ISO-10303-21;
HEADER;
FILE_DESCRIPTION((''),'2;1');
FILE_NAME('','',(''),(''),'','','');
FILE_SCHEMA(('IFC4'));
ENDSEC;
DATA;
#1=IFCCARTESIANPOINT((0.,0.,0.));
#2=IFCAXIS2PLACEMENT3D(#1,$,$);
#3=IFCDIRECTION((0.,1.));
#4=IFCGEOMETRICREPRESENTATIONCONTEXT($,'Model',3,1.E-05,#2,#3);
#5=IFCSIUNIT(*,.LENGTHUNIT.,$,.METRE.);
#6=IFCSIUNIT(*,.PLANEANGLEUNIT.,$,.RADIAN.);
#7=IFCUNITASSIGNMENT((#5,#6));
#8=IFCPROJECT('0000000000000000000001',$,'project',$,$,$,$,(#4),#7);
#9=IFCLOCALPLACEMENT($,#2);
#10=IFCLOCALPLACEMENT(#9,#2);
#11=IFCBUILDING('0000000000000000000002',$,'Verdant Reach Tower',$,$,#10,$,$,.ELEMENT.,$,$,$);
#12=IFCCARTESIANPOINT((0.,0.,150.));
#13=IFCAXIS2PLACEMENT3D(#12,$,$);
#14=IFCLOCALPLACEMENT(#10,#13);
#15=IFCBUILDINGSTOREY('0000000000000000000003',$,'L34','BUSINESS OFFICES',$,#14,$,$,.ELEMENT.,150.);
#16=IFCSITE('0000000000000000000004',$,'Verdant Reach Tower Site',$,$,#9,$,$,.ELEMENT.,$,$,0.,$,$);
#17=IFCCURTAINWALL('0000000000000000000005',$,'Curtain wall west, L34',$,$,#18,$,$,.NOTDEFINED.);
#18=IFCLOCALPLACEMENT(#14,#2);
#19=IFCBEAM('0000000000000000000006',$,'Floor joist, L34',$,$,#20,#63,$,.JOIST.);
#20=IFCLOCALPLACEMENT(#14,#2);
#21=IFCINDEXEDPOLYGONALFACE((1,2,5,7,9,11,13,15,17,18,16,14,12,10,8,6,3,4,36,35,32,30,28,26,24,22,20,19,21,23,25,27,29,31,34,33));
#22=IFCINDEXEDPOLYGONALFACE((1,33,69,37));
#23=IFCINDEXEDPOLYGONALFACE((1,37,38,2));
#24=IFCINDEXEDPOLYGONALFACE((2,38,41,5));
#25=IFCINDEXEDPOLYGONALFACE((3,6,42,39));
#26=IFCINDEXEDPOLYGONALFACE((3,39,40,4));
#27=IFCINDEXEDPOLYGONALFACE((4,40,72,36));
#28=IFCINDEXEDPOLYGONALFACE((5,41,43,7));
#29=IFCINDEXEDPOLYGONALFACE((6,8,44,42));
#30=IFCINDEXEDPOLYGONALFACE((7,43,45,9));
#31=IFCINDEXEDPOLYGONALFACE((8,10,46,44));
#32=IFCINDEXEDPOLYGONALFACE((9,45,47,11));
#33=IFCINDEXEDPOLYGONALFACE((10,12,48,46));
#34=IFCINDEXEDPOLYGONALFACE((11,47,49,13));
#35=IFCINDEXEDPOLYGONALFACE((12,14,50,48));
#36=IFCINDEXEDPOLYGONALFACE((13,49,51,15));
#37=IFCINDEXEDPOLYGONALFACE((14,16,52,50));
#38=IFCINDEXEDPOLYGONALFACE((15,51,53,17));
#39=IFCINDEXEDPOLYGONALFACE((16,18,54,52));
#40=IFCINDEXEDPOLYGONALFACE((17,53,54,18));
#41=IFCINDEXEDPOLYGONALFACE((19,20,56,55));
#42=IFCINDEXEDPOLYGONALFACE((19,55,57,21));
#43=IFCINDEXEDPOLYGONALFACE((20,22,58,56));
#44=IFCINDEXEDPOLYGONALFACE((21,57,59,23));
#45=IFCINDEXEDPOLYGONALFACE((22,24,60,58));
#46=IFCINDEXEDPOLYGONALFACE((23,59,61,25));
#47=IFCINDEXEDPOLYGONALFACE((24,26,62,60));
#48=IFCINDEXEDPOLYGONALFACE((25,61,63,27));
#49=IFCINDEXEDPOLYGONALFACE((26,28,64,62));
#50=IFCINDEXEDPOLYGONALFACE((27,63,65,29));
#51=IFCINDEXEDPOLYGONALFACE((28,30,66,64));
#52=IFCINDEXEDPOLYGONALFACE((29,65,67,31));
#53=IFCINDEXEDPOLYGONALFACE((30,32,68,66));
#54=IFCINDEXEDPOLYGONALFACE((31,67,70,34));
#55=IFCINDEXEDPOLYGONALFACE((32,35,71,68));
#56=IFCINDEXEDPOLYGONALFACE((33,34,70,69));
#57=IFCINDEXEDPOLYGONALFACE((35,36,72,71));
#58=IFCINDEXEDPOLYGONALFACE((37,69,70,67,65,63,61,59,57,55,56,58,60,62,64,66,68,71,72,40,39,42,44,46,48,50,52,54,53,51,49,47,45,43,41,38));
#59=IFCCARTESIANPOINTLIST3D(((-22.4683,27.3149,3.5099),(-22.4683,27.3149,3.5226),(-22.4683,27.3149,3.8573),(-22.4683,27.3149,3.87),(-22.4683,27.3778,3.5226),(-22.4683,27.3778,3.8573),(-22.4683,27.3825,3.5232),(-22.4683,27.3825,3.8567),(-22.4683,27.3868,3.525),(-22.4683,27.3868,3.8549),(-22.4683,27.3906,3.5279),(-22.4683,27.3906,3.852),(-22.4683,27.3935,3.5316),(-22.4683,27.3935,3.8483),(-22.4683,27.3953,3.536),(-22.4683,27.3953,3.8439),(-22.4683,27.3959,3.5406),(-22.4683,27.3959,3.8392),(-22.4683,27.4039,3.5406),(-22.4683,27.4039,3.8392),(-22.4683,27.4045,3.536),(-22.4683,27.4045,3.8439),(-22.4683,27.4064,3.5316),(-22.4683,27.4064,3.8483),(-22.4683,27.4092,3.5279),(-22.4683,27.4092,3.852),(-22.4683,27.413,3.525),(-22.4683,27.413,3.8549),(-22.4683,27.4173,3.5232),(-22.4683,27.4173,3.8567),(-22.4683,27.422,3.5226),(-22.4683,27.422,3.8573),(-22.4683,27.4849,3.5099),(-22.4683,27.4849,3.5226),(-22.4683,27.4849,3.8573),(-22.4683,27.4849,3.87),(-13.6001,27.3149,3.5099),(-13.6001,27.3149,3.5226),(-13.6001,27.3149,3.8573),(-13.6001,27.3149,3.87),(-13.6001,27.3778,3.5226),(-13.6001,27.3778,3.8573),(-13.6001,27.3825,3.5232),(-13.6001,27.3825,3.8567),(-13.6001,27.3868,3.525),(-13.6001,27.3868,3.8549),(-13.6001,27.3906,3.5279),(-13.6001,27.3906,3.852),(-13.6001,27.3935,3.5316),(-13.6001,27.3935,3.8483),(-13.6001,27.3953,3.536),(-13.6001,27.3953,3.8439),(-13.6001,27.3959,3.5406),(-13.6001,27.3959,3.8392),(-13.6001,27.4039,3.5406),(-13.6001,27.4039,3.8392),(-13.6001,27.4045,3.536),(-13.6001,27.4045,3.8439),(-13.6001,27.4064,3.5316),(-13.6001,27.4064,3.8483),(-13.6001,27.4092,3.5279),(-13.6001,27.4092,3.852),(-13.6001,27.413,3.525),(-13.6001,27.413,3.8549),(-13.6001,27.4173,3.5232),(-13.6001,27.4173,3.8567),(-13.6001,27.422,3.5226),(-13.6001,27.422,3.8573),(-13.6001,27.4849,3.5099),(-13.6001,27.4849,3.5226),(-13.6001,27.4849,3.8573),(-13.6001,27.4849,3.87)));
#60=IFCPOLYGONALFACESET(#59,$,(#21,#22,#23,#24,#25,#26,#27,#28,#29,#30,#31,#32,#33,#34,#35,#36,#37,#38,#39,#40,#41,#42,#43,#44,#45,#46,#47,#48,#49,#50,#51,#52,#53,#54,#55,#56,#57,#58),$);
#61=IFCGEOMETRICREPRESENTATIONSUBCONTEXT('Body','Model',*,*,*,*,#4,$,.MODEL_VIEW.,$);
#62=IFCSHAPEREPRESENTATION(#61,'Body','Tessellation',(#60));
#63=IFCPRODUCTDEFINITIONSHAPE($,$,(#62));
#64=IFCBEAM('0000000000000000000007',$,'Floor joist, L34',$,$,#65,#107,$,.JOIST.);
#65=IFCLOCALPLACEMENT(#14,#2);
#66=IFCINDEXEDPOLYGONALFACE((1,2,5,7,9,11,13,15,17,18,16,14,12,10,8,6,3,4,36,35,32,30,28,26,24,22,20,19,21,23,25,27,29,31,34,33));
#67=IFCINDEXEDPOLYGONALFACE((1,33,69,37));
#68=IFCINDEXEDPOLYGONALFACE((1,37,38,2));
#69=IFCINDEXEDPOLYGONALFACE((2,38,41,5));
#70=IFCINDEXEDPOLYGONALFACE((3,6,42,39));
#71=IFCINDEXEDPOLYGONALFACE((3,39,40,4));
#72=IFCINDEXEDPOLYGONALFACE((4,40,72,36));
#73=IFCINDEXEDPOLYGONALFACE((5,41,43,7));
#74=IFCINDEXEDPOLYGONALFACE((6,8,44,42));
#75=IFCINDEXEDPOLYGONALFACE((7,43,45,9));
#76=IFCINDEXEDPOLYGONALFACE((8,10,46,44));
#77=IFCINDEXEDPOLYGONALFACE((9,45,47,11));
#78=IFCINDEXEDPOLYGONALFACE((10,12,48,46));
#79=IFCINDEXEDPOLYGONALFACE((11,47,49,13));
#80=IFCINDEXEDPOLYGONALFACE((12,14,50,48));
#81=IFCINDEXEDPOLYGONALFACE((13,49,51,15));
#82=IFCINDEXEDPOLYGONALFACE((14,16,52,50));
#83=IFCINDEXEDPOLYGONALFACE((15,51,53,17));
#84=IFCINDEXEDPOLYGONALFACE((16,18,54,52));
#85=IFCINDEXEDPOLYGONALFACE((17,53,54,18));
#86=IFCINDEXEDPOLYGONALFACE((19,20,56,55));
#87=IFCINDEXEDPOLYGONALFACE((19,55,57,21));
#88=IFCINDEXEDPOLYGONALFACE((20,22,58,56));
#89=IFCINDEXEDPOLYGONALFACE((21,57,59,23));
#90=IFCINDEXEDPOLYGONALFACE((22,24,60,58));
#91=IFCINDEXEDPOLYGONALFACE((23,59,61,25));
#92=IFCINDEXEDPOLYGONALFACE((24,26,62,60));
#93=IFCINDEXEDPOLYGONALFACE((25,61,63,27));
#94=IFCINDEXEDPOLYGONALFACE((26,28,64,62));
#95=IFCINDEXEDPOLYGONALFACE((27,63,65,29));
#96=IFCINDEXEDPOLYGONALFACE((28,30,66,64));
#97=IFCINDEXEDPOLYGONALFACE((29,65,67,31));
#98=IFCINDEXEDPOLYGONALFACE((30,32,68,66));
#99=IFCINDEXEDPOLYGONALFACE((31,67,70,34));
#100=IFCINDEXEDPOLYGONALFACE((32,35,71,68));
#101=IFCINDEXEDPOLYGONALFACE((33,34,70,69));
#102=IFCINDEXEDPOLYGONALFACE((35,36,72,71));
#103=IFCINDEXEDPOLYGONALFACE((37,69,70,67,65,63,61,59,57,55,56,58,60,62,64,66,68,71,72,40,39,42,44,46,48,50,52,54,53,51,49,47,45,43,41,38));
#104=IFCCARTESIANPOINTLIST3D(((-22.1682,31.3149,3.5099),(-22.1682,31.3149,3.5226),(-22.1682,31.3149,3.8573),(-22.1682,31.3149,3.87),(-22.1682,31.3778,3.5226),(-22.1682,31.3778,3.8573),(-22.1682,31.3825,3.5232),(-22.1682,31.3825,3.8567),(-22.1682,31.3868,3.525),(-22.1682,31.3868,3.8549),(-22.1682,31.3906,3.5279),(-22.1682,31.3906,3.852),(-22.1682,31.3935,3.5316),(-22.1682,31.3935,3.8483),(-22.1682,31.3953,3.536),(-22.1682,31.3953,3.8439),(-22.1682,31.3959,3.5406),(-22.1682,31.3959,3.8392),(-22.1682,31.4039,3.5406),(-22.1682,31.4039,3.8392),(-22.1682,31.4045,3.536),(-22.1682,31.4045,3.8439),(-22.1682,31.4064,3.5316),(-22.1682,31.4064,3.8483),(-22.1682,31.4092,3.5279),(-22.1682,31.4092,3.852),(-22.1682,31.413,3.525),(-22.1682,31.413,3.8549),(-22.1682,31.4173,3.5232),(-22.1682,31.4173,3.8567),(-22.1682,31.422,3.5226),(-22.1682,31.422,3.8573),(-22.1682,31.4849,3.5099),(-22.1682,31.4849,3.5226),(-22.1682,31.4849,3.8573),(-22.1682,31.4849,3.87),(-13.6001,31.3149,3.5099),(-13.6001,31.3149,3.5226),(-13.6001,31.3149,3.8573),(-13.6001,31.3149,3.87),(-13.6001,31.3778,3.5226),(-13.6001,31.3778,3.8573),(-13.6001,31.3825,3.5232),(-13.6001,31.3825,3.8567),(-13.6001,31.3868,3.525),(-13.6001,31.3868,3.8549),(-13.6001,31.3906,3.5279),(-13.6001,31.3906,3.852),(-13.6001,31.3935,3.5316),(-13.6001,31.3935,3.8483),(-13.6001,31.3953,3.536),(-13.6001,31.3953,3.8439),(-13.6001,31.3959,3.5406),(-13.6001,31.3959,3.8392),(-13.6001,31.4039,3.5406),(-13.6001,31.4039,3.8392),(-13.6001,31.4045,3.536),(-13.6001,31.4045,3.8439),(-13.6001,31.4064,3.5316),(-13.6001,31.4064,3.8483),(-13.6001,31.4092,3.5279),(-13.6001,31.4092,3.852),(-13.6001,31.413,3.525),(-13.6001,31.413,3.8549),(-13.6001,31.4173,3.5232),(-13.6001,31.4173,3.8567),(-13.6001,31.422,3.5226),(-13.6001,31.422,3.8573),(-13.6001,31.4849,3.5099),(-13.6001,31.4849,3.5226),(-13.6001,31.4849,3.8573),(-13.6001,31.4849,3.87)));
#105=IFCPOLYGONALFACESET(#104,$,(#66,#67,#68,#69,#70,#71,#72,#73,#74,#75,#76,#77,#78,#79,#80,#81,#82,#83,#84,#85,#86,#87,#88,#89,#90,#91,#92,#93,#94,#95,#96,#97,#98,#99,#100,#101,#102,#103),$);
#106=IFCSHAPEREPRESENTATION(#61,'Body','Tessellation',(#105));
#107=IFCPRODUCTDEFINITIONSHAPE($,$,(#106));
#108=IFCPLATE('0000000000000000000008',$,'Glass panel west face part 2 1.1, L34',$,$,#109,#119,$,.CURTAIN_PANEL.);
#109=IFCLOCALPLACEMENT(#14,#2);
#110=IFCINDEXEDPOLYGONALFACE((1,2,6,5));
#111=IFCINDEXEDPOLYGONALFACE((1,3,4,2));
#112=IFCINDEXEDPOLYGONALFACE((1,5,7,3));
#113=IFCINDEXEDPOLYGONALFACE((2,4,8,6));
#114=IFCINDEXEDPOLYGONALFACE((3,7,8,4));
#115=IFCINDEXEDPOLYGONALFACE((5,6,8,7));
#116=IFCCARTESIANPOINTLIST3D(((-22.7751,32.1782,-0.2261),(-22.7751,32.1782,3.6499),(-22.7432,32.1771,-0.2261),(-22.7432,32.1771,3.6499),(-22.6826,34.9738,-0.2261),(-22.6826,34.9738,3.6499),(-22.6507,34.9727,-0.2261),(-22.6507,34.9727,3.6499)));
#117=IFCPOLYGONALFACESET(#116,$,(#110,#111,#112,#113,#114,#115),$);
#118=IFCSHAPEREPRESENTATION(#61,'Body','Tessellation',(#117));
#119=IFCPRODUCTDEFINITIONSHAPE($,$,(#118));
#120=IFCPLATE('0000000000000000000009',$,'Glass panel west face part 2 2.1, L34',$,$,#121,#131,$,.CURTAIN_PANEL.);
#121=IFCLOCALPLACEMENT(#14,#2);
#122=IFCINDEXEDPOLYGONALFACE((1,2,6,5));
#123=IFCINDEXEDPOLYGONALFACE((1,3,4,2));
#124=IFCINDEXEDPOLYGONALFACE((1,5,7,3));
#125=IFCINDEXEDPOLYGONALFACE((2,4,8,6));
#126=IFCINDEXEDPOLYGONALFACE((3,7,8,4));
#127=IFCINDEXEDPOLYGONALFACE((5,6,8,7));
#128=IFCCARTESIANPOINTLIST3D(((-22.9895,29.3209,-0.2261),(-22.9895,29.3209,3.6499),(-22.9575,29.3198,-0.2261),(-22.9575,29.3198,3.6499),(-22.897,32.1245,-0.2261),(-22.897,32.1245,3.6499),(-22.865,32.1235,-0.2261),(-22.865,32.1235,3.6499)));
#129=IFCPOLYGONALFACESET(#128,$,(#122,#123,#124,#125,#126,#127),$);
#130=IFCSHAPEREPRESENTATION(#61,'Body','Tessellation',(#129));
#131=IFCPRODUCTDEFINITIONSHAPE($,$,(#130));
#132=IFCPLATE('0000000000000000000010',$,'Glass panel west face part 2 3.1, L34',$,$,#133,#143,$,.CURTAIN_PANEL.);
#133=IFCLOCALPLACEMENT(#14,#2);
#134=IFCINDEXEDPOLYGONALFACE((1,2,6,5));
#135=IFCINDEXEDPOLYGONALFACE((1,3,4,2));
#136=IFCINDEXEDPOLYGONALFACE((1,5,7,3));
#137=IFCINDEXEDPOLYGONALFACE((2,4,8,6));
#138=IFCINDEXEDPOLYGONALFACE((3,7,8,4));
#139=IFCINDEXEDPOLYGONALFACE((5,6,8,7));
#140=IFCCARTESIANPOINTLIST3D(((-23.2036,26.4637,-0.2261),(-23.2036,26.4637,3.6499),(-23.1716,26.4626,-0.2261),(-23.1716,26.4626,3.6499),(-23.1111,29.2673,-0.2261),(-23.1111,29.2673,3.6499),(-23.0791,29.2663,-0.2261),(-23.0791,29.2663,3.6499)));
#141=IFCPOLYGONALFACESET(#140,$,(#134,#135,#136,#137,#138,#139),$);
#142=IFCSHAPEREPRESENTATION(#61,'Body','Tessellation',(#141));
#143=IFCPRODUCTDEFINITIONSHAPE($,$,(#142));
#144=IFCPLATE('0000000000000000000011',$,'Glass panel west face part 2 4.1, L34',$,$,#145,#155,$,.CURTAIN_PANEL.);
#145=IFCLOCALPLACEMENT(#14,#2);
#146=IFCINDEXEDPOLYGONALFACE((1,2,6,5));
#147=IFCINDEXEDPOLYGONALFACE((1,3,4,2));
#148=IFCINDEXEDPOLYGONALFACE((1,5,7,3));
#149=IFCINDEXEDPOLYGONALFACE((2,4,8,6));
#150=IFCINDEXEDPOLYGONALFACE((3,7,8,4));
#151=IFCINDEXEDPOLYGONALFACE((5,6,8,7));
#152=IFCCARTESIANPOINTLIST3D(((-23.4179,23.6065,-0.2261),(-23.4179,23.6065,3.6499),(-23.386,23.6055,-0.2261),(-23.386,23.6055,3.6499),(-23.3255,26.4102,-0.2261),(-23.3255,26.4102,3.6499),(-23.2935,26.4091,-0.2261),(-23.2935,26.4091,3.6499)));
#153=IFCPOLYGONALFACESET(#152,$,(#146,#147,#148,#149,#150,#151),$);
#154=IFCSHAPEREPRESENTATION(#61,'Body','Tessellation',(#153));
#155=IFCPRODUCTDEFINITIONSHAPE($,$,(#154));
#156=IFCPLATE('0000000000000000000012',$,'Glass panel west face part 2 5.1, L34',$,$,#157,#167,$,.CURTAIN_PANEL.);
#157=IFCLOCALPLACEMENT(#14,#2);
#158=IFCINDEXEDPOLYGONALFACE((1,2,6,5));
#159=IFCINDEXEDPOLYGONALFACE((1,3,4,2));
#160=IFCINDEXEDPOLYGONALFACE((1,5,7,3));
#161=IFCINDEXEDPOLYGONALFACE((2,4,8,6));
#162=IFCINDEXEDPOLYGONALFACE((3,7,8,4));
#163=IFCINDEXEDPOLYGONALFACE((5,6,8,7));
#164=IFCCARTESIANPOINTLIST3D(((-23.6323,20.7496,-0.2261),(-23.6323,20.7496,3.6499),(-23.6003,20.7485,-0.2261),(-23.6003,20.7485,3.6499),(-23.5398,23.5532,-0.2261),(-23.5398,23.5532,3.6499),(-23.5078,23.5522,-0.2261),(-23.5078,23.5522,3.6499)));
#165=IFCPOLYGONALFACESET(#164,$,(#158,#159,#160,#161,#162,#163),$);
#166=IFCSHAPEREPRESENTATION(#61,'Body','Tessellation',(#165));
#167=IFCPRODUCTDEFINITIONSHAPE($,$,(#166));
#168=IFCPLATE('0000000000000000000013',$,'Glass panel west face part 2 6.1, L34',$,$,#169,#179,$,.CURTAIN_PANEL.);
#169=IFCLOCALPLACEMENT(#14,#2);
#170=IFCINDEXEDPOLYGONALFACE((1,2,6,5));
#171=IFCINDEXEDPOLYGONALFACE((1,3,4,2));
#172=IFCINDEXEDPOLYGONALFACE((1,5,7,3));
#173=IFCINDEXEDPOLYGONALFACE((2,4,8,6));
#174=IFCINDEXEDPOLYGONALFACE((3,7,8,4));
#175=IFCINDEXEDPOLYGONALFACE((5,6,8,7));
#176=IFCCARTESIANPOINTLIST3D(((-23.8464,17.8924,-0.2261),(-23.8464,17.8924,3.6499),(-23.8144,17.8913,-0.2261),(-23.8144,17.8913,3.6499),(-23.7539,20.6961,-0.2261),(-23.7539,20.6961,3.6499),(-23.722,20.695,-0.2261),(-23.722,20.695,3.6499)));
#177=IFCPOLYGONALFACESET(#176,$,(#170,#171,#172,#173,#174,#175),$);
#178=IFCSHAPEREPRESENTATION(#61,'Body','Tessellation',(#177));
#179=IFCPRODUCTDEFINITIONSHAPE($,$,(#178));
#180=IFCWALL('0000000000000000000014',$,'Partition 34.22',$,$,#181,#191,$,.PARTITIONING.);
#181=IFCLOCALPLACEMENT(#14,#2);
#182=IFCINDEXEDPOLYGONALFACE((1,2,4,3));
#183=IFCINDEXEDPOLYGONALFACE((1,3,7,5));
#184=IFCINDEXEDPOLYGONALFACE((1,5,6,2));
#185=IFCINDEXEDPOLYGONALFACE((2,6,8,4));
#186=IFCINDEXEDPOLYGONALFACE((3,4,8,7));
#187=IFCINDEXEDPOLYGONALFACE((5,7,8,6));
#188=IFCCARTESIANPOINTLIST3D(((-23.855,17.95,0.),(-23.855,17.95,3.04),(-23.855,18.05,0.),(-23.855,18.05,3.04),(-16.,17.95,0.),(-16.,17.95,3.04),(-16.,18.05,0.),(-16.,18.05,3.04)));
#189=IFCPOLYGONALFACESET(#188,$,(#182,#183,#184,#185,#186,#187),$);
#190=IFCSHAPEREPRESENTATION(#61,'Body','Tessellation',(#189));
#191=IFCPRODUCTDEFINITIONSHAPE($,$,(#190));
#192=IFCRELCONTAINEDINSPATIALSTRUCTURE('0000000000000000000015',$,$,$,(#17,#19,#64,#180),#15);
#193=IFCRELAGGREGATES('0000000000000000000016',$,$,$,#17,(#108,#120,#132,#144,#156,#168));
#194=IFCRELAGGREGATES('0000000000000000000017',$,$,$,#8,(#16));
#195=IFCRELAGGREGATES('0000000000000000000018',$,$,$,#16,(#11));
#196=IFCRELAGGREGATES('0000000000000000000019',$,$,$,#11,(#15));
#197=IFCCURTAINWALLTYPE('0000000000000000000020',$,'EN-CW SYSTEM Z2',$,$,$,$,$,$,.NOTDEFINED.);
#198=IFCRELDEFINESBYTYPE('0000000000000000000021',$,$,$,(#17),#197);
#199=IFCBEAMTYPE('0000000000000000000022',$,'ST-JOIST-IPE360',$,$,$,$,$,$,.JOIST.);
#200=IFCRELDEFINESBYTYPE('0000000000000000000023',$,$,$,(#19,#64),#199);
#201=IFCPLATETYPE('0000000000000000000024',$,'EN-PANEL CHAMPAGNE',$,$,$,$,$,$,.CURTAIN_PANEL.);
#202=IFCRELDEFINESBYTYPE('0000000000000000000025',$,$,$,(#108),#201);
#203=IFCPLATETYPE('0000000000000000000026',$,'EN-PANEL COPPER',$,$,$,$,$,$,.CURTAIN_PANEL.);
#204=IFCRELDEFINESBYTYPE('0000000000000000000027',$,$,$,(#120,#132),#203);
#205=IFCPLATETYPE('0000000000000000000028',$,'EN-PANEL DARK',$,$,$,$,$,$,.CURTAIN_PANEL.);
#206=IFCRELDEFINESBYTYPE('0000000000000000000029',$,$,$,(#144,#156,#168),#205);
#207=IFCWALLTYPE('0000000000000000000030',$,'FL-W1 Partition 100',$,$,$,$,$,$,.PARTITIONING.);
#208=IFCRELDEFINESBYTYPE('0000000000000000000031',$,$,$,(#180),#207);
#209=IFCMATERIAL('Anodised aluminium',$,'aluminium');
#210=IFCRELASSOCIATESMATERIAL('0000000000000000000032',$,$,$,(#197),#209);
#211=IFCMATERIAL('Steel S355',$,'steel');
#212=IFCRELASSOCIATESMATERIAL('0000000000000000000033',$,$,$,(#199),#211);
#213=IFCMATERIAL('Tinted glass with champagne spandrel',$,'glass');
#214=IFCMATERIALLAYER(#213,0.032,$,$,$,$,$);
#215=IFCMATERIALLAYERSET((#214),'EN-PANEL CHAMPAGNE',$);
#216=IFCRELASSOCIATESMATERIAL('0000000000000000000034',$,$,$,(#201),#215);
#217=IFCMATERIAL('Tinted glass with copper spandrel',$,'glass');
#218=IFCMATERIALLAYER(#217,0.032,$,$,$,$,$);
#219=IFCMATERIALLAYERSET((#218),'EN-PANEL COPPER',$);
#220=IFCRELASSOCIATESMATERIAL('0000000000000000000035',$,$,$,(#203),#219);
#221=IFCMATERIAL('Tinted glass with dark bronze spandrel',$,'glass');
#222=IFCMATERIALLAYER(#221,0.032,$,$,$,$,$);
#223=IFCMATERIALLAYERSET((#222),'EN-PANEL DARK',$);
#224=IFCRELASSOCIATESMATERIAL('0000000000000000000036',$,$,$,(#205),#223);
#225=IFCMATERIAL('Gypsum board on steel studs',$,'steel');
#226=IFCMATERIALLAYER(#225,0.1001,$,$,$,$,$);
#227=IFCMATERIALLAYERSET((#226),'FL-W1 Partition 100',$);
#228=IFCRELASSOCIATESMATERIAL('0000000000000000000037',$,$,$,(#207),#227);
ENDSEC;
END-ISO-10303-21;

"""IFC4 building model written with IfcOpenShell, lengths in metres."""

from ifc_helpers import new_model, si_unit, direction, frame, frame_2d, origin, origin_2d, place, context, subcontext, project, spatial, rectangle, i_section, extrude, material, layer, layer_set, material_profile, profile_set, type_object, element, aggregate, save


model = new_model("IFC4")

# Units and contexts
model_context = context("Model", 3, precision=1e-05, world=origin(), true_north=direction((0.0, 1.0)))
body_context = subcontext(model_context, "Body", "Model", "MODEL_VIEW")
ifc_project = project(units=[si_unit("LENGTHUNIT", "METRE"), si_unit("PLANEANGLEUNIT", "RADIAN")], contexts=[model_context])

# Site, building, storey
site_placement = place(None, origin())
site = spatial("IfcSite", under=ifc_project, at=site_placement, Name="Verdant Reach Tower Site", CompositionType="ELEMENT", RefElevation=0.0)
building_placement = place(site_placement, origin())
building = spatial("IfcBuilding", under=site, at=building_placement, Name="Verdant Reach Tower", CompositionType="ELEMENT")
storey_placement = place(building_placement, frame((0.0, 0.0, 150.0)))
storey = spatial("IfcBuildingStorey", under=building, at=storey_placement, Name="L34", Description="BUSINESS OFFICES", CompositionType="ELEMENT", Elevation=150.0)

# Curtain wall
ifc_material_1 = material(Name="Anodised aluminium", Category="aluminium")
curtain_wall_type = type_object("IfcCurtainWallType", Name="EN-CW SYSTEM Z2", PredefinedType="NOTDEFINED", material=ifc_material_1)
curtain_wall_placement = place(storey_placement, origin())
curtain_wall = element("IfcCurtainWall", 1, at=curtain_wall_placement, inside=storey, type_object=curtain_wall_type, Name="Curtain wall west, L34", PredefinedType="NOTDEFINED")

# Beams
ifc_material_2 = material(Name="Steel S355", Category="steel")
ifc_material_profile_1 = material_profile(ifc_material_2, i_section(OverallWidth=0.1699, OverallDepth=0.3601, WebThickness=0.0081, FlangeThickness=0.0127, FilletRadius=0.0181, at=origin_2d()), Name="IPE 360")
ifc_profile_set_1 = profile_set([ifc_material_profile_1], Name="Steel S355")
beam_type = type_object("IfcBeamType", Name="ST-JOIST-IPE360", PredefinedType="JOIST", material=ifc_profile_set_1)
beam_1_placement = place(storey_placement, frame((-13.6001, 27.3999, 3.6899), z_axis=(-1.0, 0.0, 0.0), x_axis=(0.0, -1.0, 0.0)))
element("IfcBeam", 2, at=beam_1_placement, inside=storey, type_object=beam_type, Name="Floor joist, L34", PredefinedType="JOIST", context=body_context, shape_type="SweptSolid", body=[
    extrude(i_section(OverallWidth=0.1699, OverallDepth=0.3601, WebThickness=0.0081, FlangeThickness=0.0127, FilletRadius=0.0181, at=origin_2d()), origin(), (0.0, 0.0, 1.0), 8.8682),
])
beam_2_placement = place(storey_placement, frame((-13.6001, 31.3999, 3.6899), z_axis=(-1.0, 0.0, 0.0), x_axis=(0.0, -1.0, 0.0)))
element("IfcBeam", 3, at=beam_2_placement, inside=storey, type_object=beam_type, Name="Floor joist, L34", PredefinedType="JOIST", context=body_context, shape_type="SweptSolid", body=[
    extrude(i_section(OverallWidth=0.1699, OverallDepth=0.3601, WebThickness=0.0081, FlangeThickness=0.0127, FilletRadius=0.0181, at=origin_2d()), origin(), (0.0, 0.0, 1.0), 8.5681),
])

# Plates
ifc_material_3 = material(Name="Tinted glass with champagne spandrel", Category="glass")
ifc_layer_1 = layer(ifc_material_3, 0.032)
ifc_layer_set_1 = layer_set([ifc_layer_1], Name="EN-PANEL CHAMPAGNE")
plate_type_1 = type_object("IfcPlateType", Name="EN-PANEL CHAMPAGNE", PredefinedType="CURTAIN_PANEL", material=ifc_layer_set_1)
plate_1_placement = place(storey_placement, frame((-22.7129, 33.5754, -0.2261), z_axis=(0.0, 0.0, 1.0), x_axis=(-0.03307, -0.999453, 0.0)))
plate_1 = element("IfcPlate", 4, at=plate_1_placement, type_object=plate_type_1, Name="Glass panel west face part 2 1.1, L34", PredefinedType="CURTAIN_PANEL", context=body_context, shape_type="SweptSolid", body=[
    extrude(rectangle(XDim=2.7971, YDim=0.032, at=origin_2d()), origin(), (0.0, 0.0, 1.0), 3.876),
])
ifc_material_4 = material(Name="Tinted glass with copper spandrel", Category="glass")
ifc_layer_2 = layer(ifc_material_4, 0.032)
ifc_layer_set_2 = layer_set([ifc_layer_2], Name="EN-PANEL COPPER")
plate_type_2 = type_object("IfcPlateType", Name="EN-PANEL COPPER", PredefinedType="CURTAIN_PANEL", material=ifc_layer_set_2)
plate_2_placement = place(storey_placement, frame((-22.9272, 30.7222, -0.2261), z_axis=(0.0, 0.0, 1.0), x_axis=(-0.032966, -0.999456, 0.0)))
plate_2 = element("IfcPlate", 5, at=plate_2_placement, type_object=plate_type_2, Name="Glass panel west face part 2 2.1, L34", PredefinedType="CURTAIN_PANEL", context=body_context, shape_type="SweptSolid", body=[
    extrude(rectangle(XDim=2.8052, YDim=0.032, at=origin_2d()), origin(), (0.0, 0.0, 1.0), 3.876),
])
plate_3_placement = place(storey_placement, frame((-23.1414, 27.865, -0.2261), z_axis=(0.0, 0.0, 1.0), x_axis=(-0.032966, -0.999456, 0.0)))
plate_3 = element("IfcPlate", 6, at=plate_3_placement, type_object=plate_type_2, Name="Glass panel west face part 2 3.1, L34", PredefinedType="CURTAIN_PANEL", context=body_context, shape_type="SweptSolid", body=[
    extrude(rectangle(XDim=2.8052, YDim=0.032, at=origin_2d()), origin(), (0.0, 0.0, 1.0), 3.876),
])
ifc_material_5 = material(Name="Tinted glass with dark bronze spandrel", Category="glass")
ifc_layer_3 = layer(ifc_material_5, 0.032)
ifc_layer_set_3 = layer_set([ifc_layer_3], Name="EN-PANEL DARK")
plate_type_3 = type_object("IfcPlateType", Name="EN-PANEL DARK", PredefinedType="CURTAIN_PANEL", material=ifc_layer_set_3)
plate_4_placement = place(storey_placement, frame((-23.3557, 25.0078, -0.2261), z_axis=(0.0, 0.0, 1.0), x_axis=(-0.032966, -0.999456, 0.0)))
plate_4 = element("IfcPlate", 7, at=plate_4_placement, type_object=plate_type_3, Name="Glass panel west face part 2 4.1, L34", PredefinedType="CURTAIN_PANEL", context=body_context, shape_type="SweptSolid", body=[
    extrude(rectangle(XDim=2.8052, YDim=0.032, at=origin_2d()), origin(), (0.0, 0.0, 1.0), 3.876),
])
plate_5_placement = place(storey_placement, frame((-23.5701, 22.1509, -0.2261), z_axis=(0.0, 0.0, 1.0), x_axis=(-0.032966, -0.999456, 0.0)))
plate_5 = element("IfcPlate", 8, at=plate_5_placement, type_object=plate_type_3, Name="Glass panel west face part 2 5.1, L34", PredefinedType="CURTAIN_PANEL", context=body_context, shape_type="SweptSolid", body=[
    extrude(rectangle(XDim=2.8052, YDim=0.032, at=origin_2d()), origin(), (0.0, 0.0, 1.0), 3.876),
])
plate_6_placement = place(storey_placement, frame((-23.7842, 19.2937, -0.2261), z_axis=(0.0, 0.0, 1.0), x_axis=(-0.032966, -0.999456, 0.0)))
plate_6 = element("IfcPlate", 9, at=plate_6_placement, type_object=plate_type_3, Name="Glass panel west face part 2 6.1, L34", PredefinedType="CURTAIN_PANEL", context=body_context, shape_type="SweptSolid", body=[
    extrude(rectangle(XDim=2.8052, YDim=0.032, at=origin_2d()), origin(), (0.0, 0.0, 1.0), 3.876),
])
aggregate(curtain_wall, [plate_1, plate_2, plate_3, plate_4, plate_5, plate_6])

# Wall
ifc_material_6 = material(Name="Gypsum board on steel studs", Category="steel")
ifc_layer_4 = layer(ifc_material_6, 0.1001)
ifc_layer_set_4 = layer_set([ifc_layer_4], Name="FL-W1 Partition 100")
wall_type_1 = type_object("IfcWallType", Name="FL-W1 Partition 100", PredefinedType="PARTITIONING", material=ifc_layer_set_4)
wall_1_placement = place(storey_placement, frame((-16.0, 18.0, 0.0), z_axis=(0.0, 0.0, 1.0), x_axis=(-1.0, 0.0, 0.0)))
element("IfcWall", 10, at=wall_1_placement, inside=storey, type_object=wall_type_1, Name="Partition 34.22", PredefinedType="PARTITIONING", context=body_context, shape_type="SweptSolid", body=[
    extrude(rectangle(XDim=7.855, YDim=0.1001, at=frame_2d((3.9275, 0.0))), origin(), (0.0, 0.0, 1.0), 3.04),
])

save(model, "model.ifc")
